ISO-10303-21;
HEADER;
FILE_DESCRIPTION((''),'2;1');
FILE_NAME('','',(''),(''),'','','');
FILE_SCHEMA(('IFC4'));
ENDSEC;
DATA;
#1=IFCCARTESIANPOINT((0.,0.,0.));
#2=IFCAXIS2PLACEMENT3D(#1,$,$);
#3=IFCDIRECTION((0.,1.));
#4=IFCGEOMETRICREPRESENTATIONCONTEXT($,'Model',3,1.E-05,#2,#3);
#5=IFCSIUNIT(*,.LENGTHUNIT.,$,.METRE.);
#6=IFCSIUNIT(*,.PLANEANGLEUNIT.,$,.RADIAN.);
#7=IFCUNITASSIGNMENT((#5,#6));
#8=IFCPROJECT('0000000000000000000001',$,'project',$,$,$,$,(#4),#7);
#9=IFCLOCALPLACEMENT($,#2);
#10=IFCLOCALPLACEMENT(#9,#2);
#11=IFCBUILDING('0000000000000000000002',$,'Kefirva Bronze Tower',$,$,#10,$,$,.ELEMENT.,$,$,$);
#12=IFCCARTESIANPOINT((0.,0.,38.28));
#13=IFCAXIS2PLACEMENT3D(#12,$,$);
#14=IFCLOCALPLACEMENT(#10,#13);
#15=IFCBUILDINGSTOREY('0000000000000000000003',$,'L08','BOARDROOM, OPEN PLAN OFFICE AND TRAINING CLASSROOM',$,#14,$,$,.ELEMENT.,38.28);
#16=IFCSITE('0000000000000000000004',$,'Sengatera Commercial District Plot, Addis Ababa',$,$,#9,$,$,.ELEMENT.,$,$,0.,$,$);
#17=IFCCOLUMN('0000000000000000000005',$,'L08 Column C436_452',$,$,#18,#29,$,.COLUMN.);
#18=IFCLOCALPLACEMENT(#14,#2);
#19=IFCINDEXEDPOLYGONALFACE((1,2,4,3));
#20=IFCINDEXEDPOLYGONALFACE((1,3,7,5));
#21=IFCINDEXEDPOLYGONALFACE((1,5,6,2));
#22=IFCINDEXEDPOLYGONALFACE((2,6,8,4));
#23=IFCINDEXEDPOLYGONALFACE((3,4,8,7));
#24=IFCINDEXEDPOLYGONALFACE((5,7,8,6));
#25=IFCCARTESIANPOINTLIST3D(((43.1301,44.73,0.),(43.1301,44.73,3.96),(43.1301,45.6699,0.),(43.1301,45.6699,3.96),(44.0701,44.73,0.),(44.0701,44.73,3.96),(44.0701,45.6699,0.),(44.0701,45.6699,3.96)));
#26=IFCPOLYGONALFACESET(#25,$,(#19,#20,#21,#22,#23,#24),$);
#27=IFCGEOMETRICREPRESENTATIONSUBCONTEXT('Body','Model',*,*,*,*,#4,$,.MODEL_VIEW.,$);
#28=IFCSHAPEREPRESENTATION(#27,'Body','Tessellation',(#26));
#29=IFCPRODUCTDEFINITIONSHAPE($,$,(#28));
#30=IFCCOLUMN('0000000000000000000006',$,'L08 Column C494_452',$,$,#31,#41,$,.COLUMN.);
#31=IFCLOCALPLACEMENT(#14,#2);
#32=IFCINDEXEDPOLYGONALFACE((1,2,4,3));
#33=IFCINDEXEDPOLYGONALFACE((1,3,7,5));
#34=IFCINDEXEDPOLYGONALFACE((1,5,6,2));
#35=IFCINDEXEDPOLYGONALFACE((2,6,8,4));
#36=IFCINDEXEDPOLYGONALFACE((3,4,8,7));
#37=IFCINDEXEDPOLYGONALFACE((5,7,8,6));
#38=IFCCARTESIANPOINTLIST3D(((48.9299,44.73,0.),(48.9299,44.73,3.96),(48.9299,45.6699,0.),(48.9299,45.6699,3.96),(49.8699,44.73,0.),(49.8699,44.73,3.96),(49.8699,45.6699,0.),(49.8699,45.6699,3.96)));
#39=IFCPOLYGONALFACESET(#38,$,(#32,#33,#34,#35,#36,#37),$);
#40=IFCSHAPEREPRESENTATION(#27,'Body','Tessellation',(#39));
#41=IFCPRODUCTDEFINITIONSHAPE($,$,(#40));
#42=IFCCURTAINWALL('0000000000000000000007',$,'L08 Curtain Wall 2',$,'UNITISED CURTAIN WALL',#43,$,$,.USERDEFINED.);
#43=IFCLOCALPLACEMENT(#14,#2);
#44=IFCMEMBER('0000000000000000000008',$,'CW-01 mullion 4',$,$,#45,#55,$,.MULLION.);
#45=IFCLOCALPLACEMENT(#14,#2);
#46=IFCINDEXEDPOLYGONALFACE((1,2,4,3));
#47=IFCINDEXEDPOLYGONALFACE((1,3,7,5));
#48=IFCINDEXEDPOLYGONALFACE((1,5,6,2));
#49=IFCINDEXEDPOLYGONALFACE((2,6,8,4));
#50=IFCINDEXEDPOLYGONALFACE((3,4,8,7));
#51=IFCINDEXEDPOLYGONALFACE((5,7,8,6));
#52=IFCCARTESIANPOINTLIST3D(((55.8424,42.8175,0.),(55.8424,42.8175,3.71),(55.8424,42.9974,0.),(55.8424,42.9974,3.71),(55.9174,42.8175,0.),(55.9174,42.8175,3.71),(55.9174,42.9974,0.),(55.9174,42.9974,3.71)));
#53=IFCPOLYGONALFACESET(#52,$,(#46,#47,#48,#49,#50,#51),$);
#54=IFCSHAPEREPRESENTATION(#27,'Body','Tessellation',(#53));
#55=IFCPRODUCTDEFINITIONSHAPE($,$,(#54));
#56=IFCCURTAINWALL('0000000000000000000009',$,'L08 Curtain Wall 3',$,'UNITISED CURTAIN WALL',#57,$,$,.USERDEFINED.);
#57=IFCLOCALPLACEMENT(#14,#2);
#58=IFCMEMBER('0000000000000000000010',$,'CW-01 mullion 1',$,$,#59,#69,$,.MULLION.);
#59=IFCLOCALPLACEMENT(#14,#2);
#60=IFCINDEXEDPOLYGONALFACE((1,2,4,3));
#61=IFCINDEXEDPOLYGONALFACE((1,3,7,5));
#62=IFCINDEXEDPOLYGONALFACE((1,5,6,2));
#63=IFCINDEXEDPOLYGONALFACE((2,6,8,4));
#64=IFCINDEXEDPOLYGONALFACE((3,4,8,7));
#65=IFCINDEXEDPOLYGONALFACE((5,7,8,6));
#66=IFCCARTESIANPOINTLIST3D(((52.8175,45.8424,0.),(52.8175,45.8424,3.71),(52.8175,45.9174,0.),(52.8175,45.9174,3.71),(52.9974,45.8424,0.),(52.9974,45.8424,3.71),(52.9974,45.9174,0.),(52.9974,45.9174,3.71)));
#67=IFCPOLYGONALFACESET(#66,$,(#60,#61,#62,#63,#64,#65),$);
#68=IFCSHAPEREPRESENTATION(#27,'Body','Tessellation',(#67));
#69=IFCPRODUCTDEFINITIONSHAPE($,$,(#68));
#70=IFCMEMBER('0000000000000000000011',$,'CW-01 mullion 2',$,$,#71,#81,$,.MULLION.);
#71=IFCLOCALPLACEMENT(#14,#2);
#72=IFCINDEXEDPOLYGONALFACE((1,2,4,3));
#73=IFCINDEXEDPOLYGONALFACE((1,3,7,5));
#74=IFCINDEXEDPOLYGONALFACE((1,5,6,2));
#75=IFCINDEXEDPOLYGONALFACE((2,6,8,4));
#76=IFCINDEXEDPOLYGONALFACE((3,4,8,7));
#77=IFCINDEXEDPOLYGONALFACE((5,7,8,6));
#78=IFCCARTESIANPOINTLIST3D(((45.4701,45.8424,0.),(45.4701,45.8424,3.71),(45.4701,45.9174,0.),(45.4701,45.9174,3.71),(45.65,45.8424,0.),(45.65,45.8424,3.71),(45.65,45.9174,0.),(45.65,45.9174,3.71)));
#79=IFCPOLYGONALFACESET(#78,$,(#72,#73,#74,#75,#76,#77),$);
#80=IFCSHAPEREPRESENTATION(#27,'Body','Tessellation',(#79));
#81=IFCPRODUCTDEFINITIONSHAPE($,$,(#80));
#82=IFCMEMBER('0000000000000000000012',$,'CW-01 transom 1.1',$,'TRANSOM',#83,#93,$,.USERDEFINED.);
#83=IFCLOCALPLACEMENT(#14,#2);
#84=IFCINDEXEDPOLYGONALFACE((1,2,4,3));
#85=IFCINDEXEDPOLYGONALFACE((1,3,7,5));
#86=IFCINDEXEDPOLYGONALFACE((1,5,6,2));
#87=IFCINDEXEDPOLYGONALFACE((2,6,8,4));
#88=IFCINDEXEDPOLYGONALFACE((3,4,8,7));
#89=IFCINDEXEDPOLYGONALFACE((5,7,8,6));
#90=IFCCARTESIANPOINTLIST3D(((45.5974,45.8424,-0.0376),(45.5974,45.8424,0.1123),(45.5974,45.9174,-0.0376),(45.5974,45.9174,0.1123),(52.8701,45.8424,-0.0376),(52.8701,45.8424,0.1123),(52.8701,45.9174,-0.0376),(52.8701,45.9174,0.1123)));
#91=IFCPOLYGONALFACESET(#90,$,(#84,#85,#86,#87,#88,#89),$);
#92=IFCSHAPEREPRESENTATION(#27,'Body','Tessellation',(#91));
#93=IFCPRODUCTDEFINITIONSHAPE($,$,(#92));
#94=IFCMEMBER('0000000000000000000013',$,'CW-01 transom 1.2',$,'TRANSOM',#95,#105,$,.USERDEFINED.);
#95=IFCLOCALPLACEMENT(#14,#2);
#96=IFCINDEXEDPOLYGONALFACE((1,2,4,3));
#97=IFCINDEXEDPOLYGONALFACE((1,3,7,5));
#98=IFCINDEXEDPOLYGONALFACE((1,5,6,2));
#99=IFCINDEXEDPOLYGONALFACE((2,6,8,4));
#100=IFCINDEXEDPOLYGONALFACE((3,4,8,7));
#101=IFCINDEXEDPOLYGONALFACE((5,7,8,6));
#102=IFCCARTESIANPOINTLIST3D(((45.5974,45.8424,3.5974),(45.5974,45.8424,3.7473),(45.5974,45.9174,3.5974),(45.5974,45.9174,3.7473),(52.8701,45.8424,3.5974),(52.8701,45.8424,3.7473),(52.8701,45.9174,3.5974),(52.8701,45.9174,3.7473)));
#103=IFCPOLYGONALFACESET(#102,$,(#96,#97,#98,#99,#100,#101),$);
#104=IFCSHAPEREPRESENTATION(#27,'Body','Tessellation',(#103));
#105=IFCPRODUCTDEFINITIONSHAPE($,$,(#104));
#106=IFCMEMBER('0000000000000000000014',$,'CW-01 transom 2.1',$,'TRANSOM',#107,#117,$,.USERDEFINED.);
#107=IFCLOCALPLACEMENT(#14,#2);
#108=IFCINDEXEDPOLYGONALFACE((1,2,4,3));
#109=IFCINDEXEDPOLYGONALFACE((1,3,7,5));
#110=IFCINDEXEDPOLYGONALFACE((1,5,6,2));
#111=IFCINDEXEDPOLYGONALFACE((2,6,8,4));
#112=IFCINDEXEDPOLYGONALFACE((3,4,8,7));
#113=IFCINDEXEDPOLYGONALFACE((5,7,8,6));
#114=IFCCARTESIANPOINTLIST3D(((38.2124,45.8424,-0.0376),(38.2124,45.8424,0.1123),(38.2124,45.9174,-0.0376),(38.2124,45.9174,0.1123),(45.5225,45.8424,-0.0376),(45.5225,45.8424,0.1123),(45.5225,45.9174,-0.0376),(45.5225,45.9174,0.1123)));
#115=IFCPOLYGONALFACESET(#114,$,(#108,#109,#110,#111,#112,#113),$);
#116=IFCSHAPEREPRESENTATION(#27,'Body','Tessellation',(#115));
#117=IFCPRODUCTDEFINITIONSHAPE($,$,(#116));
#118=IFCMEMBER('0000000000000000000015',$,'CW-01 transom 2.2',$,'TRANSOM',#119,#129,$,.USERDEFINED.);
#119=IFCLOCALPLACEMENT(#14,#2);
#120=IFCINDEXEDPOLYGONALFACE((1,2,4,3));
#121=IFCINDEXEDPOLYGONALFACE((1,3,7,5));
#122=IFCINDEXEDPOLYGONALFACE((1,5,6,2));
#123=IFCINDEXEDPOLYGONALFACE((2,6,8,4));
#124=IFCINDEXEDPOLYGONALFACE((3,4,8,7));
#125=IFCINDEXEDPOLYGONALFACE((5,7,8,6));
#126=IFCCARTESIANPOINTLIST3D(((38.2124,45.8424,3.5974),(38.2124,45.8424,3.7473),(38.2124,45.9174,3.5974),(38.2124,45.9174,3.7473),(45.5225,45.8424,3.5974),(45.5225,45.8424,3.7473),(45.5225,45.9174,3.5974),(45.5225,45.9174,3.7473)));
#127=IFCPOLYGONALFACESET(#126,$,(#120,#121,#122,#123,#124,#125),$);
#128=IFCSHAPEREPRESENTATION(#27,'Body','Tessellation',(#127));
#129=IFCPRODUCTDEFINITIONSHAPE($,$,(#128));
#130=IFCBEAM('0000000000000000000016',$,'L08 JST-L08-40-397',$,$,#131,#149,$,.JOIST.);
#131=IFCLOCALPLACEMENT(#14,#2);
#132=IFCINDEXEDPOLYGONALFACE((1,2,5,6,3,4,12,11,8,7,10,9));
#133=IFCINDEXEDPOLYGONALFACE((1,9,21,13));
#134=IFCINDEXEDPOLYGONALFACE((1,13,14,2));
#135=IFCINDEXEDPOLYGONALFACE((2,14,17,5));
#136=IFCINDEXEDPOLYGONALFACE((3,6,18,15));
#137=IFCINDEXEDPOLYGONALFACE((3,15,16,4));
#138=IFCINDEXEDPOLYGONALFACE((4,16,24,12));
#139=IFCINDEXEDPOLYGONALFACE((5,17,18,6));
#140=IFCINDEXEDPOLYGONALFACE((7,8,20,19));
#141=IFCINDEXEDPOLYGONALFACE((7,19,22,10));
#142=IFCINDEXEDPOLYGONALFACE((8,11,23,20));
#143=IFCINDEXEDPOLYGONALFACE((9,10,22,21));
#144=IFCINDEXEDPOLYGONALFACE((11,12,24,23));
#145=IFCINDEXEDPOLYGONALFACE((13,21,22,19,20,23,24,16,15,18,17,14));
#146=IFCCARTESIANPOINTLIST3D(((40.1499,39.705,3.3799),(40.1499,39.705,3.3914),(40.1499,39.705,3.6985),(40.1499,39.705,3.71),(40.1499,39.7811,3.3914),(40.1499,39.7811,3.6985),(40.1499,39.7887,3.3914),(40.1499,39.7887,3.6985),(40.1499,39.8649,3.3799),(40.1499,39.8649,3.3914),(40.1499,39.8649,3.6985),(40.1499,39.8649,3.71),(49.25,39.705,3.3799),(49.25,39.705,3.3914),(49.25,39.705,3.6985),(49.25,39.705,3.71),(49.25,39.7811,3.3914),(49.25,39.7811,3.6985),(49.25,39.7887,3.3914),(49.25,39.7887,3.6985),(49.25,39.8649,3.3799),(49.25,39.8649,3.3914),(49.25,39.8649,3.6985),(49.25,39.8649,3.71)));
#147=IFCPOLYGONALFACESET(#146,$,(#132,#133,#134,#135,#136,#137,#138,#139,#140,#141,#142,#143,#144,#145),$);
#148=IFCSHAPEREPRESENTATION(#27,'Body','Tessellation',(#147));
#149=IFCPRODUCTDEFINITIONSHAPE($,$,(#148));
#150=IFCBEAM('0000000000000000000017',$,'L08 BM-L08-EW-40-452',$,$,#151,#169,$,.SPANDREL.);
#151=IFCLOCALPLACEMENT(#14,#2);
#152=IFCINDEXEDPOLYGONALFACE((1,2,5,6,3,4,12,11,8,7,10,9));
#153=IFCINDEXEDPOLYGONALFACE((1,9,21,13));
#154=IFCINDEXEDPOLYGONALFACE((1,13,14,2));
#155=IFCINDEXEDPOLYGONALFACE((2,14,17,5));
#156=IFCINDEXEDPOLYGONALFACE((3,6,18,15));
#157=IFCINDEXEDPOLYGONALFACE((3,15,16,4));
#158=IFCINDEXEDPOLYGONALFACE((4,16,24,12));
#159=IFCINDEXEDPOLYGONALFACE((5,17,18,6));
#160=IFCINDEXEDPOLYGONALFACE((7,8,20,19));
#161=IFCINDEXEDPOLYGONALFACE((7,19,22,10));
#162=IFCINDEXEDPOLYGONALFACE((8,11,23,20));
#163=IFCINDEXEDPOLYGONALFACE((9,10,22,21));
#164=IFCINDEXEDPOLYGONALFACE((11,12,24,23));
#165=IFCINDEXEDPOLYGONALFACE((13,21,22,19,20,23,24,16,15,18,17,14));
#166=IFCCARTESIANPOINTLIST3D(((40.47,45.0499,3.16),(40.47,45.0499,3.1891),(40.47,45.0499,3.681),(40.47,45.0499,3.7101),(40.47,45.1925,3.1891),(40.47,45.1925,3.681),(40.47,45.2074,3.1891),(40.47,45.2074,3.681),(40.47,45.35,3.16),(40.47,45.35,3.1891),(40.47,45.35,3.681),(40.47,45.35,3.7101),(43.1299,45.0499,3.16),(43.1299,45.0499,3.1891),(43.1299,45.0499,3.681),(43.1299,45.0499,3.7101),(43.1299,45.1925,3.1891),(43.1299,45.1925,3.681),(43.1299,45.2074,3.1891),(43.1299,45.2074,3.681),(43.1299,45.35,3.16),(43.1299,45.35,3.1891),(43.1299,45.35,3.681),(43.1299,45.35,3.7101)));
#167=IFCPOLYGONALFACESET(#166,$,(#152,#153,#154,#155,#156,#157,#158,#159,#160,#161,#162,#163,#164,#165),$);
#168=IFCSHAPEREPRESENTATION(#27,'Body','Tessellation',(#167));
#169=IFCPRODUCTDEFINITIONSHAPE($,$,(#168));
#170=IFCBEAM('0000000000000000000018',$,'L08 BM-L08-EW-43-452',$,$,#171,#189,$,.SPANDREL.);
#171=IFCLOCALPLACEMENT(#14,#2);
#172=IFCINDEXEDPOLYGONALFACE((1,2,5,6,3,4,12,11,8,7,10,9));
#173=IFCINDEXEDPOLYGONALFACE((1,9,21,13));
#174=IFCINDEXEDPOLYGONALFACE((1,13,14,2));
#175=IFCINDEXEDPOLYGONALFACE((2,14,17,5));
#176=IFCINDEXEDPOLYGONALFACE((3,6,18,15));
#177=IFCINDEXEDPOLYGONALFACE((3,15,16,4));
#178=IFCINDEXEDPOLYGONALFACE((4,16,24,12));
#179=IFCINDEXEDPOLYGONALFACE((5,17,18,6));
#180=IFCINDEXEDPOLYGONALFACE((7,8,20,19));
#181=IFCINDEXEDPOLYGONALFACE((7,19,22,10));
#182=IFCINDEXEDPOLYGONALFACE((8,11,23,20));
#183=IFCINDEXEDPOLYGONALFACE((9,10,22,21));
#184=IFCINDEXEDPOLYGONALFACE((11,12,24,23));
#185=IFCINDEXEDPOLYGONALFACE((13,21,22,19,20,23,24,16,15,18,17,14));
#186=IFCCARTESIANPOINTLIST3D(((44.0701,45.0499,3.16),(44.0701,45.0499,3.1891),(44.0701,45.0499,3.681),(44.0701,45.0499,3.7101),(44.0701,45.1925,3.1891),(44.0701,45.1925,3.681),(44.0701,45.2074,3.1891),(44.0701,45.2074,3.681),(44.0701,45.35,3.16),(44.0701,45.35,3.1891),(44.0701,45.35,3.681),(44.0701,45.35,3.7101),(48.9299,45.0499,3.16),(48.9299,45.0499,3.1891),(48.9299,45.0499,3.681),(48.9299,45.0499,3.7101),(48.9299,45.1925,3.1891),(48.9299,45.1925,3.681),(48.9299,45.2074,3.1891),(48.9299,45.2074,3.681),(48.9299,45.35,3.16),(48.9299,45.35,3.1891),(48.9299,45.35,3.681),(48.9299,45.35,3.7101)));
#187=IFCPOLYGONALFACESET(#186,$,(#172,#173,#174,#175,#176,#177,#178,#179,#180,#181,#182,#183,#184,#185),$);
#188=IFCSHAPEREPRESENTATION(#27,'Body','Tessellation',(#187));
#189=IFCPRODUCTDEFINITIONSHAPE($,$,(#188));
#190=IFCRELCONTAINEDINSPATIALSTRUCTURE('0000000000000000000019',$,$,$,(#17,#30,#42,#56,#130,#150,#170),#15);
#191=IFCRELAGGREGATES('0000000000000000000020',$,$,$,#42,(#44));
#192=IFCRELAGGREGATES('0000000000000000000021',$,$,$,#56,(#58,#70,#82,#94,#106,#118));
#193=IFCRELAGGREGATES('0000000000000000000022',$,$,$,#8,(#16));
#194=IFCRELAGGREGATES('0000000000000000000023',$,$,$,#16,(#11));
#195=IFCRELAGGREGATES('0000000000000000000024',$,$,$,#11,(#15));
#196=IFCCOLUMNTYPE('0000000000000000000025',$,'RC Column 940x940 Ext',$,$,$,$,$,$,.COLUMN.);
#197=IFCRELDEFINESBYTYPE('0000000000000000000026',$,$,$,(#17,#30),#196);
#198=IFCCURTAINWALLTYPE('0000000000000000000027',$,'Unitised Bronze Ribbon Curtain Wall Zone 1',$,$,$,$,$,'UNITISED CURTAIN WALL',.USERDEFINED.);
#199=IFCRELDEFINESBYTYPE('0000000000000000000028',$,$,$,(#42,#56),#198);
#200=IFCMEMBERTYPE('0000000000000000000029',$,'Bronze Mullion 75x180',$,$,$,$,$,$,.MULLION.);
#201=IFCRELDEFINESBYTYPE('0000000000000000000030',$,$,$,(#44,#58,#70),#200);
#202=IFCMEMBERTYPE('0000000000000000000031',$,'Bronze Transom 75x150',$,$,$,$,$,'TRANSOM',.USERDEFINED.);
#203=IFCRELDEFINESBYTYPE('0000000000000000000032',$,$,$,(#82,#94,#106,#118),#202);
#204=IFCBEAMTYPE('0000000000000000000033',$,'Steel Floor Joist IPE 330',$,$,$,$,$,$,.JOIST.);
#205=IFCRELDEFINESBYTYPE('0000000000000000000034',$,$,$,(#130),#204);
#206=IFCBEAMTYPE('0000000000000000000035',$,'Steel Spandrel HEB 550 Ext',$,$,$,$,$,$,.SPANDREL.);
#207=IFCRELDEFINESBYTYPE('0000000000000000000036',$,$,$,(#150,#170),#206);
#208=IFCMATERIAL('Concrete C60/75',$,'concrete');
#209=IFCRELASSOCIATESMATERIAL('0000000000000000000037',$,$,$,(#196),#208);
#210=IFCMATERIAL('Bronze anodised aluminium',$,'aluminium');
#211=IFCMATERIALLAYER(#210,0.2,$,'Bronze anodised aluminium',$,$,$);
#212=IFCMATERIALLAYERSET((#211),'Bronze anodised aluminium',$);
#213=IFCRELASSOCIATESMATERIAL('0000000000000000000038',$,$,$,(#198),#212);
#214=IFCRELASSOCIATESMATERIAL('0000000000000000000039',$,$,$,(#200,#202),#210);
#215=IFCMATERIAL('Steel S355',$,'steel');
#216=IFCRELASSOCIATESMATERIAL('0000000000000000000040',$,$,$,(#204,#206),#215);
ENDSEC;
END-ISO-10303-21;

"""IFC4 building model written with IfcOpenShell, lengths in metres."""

from ifc_helpers import new_model, si_unit, direction, frame, origin, origin_2d, place, context, subcontext, project, spatial, rectangle, i_section, extrude, material, layer, layer_set, material_profile, profile_set, type_object, element, aggregate, save


model = new_model("IFC4")

# Units and contexts
model_context = context("Model", 3, precision=1e-05, world=origin(), true_north=direction((0.0, 1.0)))
body_context = subcontext(model_context, "Body", "Model", "MODEL_VIEW")
ifc_project = project(units=[si_unit("LENGTHUNIT", "METRE"), si_unit("PLANEANGLEUNIT", "RADIAN")], contexts=[model_context])

# Site, building, storey
site_placement = place(None, origin())
site = spatial("IfcSite", under=ifc_project, at=site_placement, Name="Sengatera Commercial District Plot, Addis Ababa", CompositionType="ELEMENT", RefElevation=0.0)
building_placement = place(site_placement, origin())
building = spatial("IfcBuilding", under=site, at=building_placement, Name="Kefirva Bronze Tower", CompositionType="ELEMENT")
storey_placement = place(building_placement, frame((0.0, 0.0, 38.28)))
storey = spatial("IfcBuildingStorey", under=building, at=storey_placement, Name="L08", Description="BOARDROOM, OPEN PLAN OFFICE AND TRAINING CLASSROOM", CompositionType="ELEMENT", Elevation=38.28)

# Columns
ifc_material_1 = material(Name="Concrete C60/75", Category="concrete")
ifc_material_profile_1 = material_profile(ifc_material_1, rectangle(XDim=0.9399, YDim=0.9399, at=origin_2d()), Name="RC 940x940")
ifc_profile_set_1 = profile_set([ifc_material_profile_1], Name="Concrete C60/75")
column_type = type_object("IfcColumnType", Name="RC Column 940x940 Ext", PredefinedType="COLUMN", material=ifc_profile_set_1)
for number, where, z_axis, x_axis, name in (
    (1, (43.6001, 45.2, 0.0), (0.0, 0.0, 1.0), (1.0, 0.0, 0.0), "L08 Column C436_452"),
    (2, (49.3999, 45.2, 0.0), (0.0, 0.0, 1.0), (1.0, 0.0, 0.0), "L08 Column C494_452"),
):
    element("IfcColumn", number, at=place(storey_placement, frame(where, z_axis=z_axis, x_axis=x_axis)), inside=storey, type_object=column_type, Name=name, PredefinedType="COLUMN", context=body_context, shape_type="SweptSolid", body=[
        extrude(rectangle(XDim=0.9399, YDim=0.9399, at=origin_2d()), origin(), (0.0, 0.0, 1.0), 3.96),
    ])

# Curtain wall, member
ifc_material_2 = material(Name="Bronze anodised aluminium", Category="aluminium")
ifc_layer_1 = layer(ifc_material_2, 0.2, Name="Bronze anodised aluminium")
ifc_layer_set_1 = layer_set([ifc_layer_1], Name="Bronze anodised aluminium")
curtain_wall_type = type_object("IfcCurtainWallType", Name="Unitised Bronze Ribbon Curtain Wall Zone 1", ElementType="UNITISED CURTAIN WALL", PredefinedType="USERDEFINED", material=ifc_layer_set_1)
curtain_wall_1_placement = place(storey_placement, origin())
curtain_wall_1 = element("IfcCurtainWall", 3, at=curtain_wall_1_placement, inside=storey, type_object=curtain_wall_type, Name="L08 Curtain Wall 2", ObjectType="UNITISED CURTAIN WALL", PredefinedType="USERDEFINED")
ifc_material_profile_2 = material_profile(ifc_material_2, rectangle(XDim=0.075, YDim=0.1799, at=origin_2d()), Name="ALU 75x180")
ifc_profile_set_2 = profile_set([ifc_material_profile_2], Name="Bronze anodised aluminium")
member_type_1 = type_object("IfcMemberType", Name="Bronze Mullion 75x180", PredefinedType="MULLION", material=ifc_profile_set_2)
member_1_placement = place(storey_placement, frame((55.8799, 42.9075, 0.0), z_axis=(0.0, 0.0, 1.0), x_axis=(-1.0, 0.0, 0.0)))
member_1 = element("IfcMember", 4, at=member_1_placement, type_object=member_type_1, Name="CW-01 mullion 4", PredefinedType="MULLION", context=body_context, shape_type="SweptSolid", body=[
    extrude(rectangle(XDim=0.075, YDim=0.1799, at=origin_2d()), origin(), (0.0, 0.0, 1.0), 3.71),
])

# Curtain wall, members
curtain_wall_2_placement = place(storey_placement, origin())
curtain_wall_2 = element("IfcCurtainWall", 5, at=curtain_wall_2_placement, inside=storey, type_object=curtain_wall_type, Name="L08 Curtain Wall 3", ObjectType="UNITISED CURTAIN WALL", PredefinedType="USERDEFINED")
member_2_placement = place(storey_placement, frame((52.9075, 45.8799, 0.0), z_axis=(0.0, 0.0, 1.0), x_axis=(0.0, -1.0, 0.0)))
member_2 = element("IfcMember", 6, at=member_2_placement, type_object=member_type_1, Name="CW-01 mullion 1", PredefinedType="MULLION", context=body_context, shape_type="SweptSolid", body=[
    extrude(rectangle(XDim=0.075, YDim=0.1799, at=origin_2d()), origin(), (0.0, 0.0, 1.0), 3.71),
])
member_3_placement = place(storey_placement, frame((45.5601, 45.8799, 0.0), z_axis=(0.0, 0.0, 1.0), x_axis=(0.0, -1.0, 0.0)))
member_3 = element("IfcMember", 7, at=member_3_placement, type_object=member_type_1, Name="CW-01 mullion 2", PredefinedType="MULLION", context=body_context, shape_type="SweptSolid", body=[
    extrude(rectangle(XDim=0.075, YDim=0.1799, at=origin_2d()), origin(), (0.0, 0.0, 1.0), 3.71),
])
ifc_material_profile_3 = material_profile(ifc_material_2, rectangle(XDim=0.075, YDim=0.1499, at=origin_2d()), Name="ALU 75x150")
ifc_profile_set_3 = profile_set([ifc_material_profile_3], Name="Bronze anodised aluminium")
member_type_2 = type_object("IfcMemberType", Name="Bronze Transom 75x150", ElementType="TRANSOM", PredefinedType="USERDEFINED", material=ifc_profile_set_3)
member_4_placement = place(storey_placement, frame((52.8701, 45.8799, 0.0374), z_axis=(-1.0, 0.0, 0.0), x_axis=(0.0, -1.0, 0.0)))
member_4 = element("IfcMember", 8, at=member_4_placement, type_object=member_type_2, Name="CW-01 transom 1.1", ObjectType="TRANSOM", PredefinedType="USERDEFINED", context=body_context, shape_type="SweptSolid", body=[
    extrude(rectangle(XDim=0.075, YDim=0.1499, at=origin_2d()), origin(), (0.0, 0.0, 1.0), 7.2727),
])
member_5_placement = place(storey_placement, frame((52.8701, 45.8799, 3.6724), z_axis=(-1.0, 0.0, 0.0), x_axis=(0.0, -1.0, 0.0)))
member_5 = element("IfcMember", 9, at=member_5_placement, type_object=member_type_2, Name="CW-01 transom 1.2", ObjectType="TRANSOM", PredefinedType="USERDEFINED", context=body_context, shape_type="SweptSolid", body=[
    extrude(rectangle(XDim=0.075, YDim=0.1499, at=origin_2d()), origin(), (0.0, 0.0, 1.0), 7.2727),
])
member_6_placement = place(storey_placement, frame((45.5225, 45.8799, 0.0374), z_axis=(-1.0, 0.0, 0.0), x_axis=(0.0, -1.0, 0.0)))
member_6 = element("IfcMember", 10, at=member_6_placement, type_object=member_type_2, Name="CW-01 transom 2.1", ObjectType="TRANSOM", PredefinedType="USERDEFINED", context=body_context, shape_type="SweptSolid", body=[
    extrude(rectangle(XDim=0.075, YDim=0.1499, at=origin_2d()), origin(), (0.0, 0.0, 1.0), 7.3101),
])
member_7_placement = place(storey_placement, frame((45.5225, 45.8799, 3.6724), z_axis=(-1.0, 0.0, 0.0), x_axis=(0.0, -1.0, 0.0)))
member_7 = element("IfcMember", 11, at=member_7_placement, type_object=member_type_2, Name="CW-01 transom 2.2", ObjectType="TRANSOM", PredefinedType="USERDEFINED", context=body_context, shape_type="SweptSolid", body=[
    extrude(rectangle(XDim=0.075, YDim=0.1499, at=origin_2d()), origin(), (0.0, 0.0, 1.0), 7.3101),
])

# Beams
ifc_material_3 = material(Name="Steel S355", Category="steel")
ifc_material_profile_4 = material_profile(ifc_material_3, i_section(OverallWidth=0.1599, OverallDepth=0.3301, WebThickness=0.0076, FlangeThickness=0.0115, at=origin_2d()), Name="IPE 330")
ifc_profile_set_4 = profile_set([ifc_material_profile_4], Name="Steel S355")
beam_type_1 = type_object("IfcBeamType", Name="Steel Floor Joist IPE 330", PredefinedType="JOIST", material=ifc_profile_set_4)
beam_1_placement = place(storey_placement, frame((40.1499, 39.7849, 3.5449), z_axis=(1.0, 0.0, 0.0), x_axis=(0.0, 1.0, 0.0)))
element("IfcBeam", 12, at=beam_1_placement, inside=storey, type_object=beam_type_1, Name="L08 JST-L08-40-397", PredefinedType="JOIST", context=body_context, shape_type="SweptSolid", body=[
    extrude(i_section(OverallWidth=0.1599, OverallDepth=0.3301, WebThickness=0.0076, FlangeThickness=0.0115, at=origin_2d()), origin(), (0.0, 0.0, 1.0), 9.1001),
])
ifc_material_profile_5 = material_profile(ifc_material_3, i_section(OverallWidth=0.3, OverallDepth=0.55, WebThickness=0.0149, FlangeThickness=0.0291, at=origin_2d()), Name="HEB 550")
ifc_profile_set_5 = profile_set([ifc_material_profile_5], Name="Steel S355")
beam_type_2 = type_object("IfcBeamType", Name="Steel Spandrel HEB 550 Ext", PredefinedType="SPANDREL", material=ifc_profile_set_5)
beam_2_placement = place(storey_placement, frame((40.47, 45.2, 3.4351), z_axis=(1.0, 0.0, 0.0), x_axis=(0.0, 1.0, 0.0)))
element("IfcBeam", 13, at=beam_2_placement, inside=storey, type_object=beam_type_2, Name="L08 BM-L08-EW-40-452", PredefinedType="SPANDREL", context=body_context, shape_type="SweptSolid", body=[
    extrude(i_section(OverallWidth=0.3, OverallDepth=0.55, WebThickness=0.0149, FlangeThickness=0.0291, at=origin_2d()), origin(), (0.0, 0.0, 1.0), 2.6599),
])
beam_3_placement = place(storey_placement, frame((44.0701, 45.2, 3.4351), z_axis=(1.0, 0.0, 0.0), x_axis=(0.0, 1.0, 0.0)))
element("IfcBeam", 14, at=beam_3_placement, inside=storey, type_object=beam_type_2, Name="L08 BM-L08-EW-43-452", PredefinedType="SPANDREL", context=body_context, shape_type="SweptSolid", body=[
    extrude(i_section(OverallWidth=0.3, OverallDepth=0.55, WebThickness=0.0149, FlangeThickness=0.0291, at=origin_2d()), origin(), (0.0, 0.0, 1.0), 4.8599),
])

aggregate(curtain_wall_1, [member_1])
aggregate(curtain_wall_2, [member_2, member_3, member_4, member_5, member_6, member_7])

save(model, "model.ifc")
